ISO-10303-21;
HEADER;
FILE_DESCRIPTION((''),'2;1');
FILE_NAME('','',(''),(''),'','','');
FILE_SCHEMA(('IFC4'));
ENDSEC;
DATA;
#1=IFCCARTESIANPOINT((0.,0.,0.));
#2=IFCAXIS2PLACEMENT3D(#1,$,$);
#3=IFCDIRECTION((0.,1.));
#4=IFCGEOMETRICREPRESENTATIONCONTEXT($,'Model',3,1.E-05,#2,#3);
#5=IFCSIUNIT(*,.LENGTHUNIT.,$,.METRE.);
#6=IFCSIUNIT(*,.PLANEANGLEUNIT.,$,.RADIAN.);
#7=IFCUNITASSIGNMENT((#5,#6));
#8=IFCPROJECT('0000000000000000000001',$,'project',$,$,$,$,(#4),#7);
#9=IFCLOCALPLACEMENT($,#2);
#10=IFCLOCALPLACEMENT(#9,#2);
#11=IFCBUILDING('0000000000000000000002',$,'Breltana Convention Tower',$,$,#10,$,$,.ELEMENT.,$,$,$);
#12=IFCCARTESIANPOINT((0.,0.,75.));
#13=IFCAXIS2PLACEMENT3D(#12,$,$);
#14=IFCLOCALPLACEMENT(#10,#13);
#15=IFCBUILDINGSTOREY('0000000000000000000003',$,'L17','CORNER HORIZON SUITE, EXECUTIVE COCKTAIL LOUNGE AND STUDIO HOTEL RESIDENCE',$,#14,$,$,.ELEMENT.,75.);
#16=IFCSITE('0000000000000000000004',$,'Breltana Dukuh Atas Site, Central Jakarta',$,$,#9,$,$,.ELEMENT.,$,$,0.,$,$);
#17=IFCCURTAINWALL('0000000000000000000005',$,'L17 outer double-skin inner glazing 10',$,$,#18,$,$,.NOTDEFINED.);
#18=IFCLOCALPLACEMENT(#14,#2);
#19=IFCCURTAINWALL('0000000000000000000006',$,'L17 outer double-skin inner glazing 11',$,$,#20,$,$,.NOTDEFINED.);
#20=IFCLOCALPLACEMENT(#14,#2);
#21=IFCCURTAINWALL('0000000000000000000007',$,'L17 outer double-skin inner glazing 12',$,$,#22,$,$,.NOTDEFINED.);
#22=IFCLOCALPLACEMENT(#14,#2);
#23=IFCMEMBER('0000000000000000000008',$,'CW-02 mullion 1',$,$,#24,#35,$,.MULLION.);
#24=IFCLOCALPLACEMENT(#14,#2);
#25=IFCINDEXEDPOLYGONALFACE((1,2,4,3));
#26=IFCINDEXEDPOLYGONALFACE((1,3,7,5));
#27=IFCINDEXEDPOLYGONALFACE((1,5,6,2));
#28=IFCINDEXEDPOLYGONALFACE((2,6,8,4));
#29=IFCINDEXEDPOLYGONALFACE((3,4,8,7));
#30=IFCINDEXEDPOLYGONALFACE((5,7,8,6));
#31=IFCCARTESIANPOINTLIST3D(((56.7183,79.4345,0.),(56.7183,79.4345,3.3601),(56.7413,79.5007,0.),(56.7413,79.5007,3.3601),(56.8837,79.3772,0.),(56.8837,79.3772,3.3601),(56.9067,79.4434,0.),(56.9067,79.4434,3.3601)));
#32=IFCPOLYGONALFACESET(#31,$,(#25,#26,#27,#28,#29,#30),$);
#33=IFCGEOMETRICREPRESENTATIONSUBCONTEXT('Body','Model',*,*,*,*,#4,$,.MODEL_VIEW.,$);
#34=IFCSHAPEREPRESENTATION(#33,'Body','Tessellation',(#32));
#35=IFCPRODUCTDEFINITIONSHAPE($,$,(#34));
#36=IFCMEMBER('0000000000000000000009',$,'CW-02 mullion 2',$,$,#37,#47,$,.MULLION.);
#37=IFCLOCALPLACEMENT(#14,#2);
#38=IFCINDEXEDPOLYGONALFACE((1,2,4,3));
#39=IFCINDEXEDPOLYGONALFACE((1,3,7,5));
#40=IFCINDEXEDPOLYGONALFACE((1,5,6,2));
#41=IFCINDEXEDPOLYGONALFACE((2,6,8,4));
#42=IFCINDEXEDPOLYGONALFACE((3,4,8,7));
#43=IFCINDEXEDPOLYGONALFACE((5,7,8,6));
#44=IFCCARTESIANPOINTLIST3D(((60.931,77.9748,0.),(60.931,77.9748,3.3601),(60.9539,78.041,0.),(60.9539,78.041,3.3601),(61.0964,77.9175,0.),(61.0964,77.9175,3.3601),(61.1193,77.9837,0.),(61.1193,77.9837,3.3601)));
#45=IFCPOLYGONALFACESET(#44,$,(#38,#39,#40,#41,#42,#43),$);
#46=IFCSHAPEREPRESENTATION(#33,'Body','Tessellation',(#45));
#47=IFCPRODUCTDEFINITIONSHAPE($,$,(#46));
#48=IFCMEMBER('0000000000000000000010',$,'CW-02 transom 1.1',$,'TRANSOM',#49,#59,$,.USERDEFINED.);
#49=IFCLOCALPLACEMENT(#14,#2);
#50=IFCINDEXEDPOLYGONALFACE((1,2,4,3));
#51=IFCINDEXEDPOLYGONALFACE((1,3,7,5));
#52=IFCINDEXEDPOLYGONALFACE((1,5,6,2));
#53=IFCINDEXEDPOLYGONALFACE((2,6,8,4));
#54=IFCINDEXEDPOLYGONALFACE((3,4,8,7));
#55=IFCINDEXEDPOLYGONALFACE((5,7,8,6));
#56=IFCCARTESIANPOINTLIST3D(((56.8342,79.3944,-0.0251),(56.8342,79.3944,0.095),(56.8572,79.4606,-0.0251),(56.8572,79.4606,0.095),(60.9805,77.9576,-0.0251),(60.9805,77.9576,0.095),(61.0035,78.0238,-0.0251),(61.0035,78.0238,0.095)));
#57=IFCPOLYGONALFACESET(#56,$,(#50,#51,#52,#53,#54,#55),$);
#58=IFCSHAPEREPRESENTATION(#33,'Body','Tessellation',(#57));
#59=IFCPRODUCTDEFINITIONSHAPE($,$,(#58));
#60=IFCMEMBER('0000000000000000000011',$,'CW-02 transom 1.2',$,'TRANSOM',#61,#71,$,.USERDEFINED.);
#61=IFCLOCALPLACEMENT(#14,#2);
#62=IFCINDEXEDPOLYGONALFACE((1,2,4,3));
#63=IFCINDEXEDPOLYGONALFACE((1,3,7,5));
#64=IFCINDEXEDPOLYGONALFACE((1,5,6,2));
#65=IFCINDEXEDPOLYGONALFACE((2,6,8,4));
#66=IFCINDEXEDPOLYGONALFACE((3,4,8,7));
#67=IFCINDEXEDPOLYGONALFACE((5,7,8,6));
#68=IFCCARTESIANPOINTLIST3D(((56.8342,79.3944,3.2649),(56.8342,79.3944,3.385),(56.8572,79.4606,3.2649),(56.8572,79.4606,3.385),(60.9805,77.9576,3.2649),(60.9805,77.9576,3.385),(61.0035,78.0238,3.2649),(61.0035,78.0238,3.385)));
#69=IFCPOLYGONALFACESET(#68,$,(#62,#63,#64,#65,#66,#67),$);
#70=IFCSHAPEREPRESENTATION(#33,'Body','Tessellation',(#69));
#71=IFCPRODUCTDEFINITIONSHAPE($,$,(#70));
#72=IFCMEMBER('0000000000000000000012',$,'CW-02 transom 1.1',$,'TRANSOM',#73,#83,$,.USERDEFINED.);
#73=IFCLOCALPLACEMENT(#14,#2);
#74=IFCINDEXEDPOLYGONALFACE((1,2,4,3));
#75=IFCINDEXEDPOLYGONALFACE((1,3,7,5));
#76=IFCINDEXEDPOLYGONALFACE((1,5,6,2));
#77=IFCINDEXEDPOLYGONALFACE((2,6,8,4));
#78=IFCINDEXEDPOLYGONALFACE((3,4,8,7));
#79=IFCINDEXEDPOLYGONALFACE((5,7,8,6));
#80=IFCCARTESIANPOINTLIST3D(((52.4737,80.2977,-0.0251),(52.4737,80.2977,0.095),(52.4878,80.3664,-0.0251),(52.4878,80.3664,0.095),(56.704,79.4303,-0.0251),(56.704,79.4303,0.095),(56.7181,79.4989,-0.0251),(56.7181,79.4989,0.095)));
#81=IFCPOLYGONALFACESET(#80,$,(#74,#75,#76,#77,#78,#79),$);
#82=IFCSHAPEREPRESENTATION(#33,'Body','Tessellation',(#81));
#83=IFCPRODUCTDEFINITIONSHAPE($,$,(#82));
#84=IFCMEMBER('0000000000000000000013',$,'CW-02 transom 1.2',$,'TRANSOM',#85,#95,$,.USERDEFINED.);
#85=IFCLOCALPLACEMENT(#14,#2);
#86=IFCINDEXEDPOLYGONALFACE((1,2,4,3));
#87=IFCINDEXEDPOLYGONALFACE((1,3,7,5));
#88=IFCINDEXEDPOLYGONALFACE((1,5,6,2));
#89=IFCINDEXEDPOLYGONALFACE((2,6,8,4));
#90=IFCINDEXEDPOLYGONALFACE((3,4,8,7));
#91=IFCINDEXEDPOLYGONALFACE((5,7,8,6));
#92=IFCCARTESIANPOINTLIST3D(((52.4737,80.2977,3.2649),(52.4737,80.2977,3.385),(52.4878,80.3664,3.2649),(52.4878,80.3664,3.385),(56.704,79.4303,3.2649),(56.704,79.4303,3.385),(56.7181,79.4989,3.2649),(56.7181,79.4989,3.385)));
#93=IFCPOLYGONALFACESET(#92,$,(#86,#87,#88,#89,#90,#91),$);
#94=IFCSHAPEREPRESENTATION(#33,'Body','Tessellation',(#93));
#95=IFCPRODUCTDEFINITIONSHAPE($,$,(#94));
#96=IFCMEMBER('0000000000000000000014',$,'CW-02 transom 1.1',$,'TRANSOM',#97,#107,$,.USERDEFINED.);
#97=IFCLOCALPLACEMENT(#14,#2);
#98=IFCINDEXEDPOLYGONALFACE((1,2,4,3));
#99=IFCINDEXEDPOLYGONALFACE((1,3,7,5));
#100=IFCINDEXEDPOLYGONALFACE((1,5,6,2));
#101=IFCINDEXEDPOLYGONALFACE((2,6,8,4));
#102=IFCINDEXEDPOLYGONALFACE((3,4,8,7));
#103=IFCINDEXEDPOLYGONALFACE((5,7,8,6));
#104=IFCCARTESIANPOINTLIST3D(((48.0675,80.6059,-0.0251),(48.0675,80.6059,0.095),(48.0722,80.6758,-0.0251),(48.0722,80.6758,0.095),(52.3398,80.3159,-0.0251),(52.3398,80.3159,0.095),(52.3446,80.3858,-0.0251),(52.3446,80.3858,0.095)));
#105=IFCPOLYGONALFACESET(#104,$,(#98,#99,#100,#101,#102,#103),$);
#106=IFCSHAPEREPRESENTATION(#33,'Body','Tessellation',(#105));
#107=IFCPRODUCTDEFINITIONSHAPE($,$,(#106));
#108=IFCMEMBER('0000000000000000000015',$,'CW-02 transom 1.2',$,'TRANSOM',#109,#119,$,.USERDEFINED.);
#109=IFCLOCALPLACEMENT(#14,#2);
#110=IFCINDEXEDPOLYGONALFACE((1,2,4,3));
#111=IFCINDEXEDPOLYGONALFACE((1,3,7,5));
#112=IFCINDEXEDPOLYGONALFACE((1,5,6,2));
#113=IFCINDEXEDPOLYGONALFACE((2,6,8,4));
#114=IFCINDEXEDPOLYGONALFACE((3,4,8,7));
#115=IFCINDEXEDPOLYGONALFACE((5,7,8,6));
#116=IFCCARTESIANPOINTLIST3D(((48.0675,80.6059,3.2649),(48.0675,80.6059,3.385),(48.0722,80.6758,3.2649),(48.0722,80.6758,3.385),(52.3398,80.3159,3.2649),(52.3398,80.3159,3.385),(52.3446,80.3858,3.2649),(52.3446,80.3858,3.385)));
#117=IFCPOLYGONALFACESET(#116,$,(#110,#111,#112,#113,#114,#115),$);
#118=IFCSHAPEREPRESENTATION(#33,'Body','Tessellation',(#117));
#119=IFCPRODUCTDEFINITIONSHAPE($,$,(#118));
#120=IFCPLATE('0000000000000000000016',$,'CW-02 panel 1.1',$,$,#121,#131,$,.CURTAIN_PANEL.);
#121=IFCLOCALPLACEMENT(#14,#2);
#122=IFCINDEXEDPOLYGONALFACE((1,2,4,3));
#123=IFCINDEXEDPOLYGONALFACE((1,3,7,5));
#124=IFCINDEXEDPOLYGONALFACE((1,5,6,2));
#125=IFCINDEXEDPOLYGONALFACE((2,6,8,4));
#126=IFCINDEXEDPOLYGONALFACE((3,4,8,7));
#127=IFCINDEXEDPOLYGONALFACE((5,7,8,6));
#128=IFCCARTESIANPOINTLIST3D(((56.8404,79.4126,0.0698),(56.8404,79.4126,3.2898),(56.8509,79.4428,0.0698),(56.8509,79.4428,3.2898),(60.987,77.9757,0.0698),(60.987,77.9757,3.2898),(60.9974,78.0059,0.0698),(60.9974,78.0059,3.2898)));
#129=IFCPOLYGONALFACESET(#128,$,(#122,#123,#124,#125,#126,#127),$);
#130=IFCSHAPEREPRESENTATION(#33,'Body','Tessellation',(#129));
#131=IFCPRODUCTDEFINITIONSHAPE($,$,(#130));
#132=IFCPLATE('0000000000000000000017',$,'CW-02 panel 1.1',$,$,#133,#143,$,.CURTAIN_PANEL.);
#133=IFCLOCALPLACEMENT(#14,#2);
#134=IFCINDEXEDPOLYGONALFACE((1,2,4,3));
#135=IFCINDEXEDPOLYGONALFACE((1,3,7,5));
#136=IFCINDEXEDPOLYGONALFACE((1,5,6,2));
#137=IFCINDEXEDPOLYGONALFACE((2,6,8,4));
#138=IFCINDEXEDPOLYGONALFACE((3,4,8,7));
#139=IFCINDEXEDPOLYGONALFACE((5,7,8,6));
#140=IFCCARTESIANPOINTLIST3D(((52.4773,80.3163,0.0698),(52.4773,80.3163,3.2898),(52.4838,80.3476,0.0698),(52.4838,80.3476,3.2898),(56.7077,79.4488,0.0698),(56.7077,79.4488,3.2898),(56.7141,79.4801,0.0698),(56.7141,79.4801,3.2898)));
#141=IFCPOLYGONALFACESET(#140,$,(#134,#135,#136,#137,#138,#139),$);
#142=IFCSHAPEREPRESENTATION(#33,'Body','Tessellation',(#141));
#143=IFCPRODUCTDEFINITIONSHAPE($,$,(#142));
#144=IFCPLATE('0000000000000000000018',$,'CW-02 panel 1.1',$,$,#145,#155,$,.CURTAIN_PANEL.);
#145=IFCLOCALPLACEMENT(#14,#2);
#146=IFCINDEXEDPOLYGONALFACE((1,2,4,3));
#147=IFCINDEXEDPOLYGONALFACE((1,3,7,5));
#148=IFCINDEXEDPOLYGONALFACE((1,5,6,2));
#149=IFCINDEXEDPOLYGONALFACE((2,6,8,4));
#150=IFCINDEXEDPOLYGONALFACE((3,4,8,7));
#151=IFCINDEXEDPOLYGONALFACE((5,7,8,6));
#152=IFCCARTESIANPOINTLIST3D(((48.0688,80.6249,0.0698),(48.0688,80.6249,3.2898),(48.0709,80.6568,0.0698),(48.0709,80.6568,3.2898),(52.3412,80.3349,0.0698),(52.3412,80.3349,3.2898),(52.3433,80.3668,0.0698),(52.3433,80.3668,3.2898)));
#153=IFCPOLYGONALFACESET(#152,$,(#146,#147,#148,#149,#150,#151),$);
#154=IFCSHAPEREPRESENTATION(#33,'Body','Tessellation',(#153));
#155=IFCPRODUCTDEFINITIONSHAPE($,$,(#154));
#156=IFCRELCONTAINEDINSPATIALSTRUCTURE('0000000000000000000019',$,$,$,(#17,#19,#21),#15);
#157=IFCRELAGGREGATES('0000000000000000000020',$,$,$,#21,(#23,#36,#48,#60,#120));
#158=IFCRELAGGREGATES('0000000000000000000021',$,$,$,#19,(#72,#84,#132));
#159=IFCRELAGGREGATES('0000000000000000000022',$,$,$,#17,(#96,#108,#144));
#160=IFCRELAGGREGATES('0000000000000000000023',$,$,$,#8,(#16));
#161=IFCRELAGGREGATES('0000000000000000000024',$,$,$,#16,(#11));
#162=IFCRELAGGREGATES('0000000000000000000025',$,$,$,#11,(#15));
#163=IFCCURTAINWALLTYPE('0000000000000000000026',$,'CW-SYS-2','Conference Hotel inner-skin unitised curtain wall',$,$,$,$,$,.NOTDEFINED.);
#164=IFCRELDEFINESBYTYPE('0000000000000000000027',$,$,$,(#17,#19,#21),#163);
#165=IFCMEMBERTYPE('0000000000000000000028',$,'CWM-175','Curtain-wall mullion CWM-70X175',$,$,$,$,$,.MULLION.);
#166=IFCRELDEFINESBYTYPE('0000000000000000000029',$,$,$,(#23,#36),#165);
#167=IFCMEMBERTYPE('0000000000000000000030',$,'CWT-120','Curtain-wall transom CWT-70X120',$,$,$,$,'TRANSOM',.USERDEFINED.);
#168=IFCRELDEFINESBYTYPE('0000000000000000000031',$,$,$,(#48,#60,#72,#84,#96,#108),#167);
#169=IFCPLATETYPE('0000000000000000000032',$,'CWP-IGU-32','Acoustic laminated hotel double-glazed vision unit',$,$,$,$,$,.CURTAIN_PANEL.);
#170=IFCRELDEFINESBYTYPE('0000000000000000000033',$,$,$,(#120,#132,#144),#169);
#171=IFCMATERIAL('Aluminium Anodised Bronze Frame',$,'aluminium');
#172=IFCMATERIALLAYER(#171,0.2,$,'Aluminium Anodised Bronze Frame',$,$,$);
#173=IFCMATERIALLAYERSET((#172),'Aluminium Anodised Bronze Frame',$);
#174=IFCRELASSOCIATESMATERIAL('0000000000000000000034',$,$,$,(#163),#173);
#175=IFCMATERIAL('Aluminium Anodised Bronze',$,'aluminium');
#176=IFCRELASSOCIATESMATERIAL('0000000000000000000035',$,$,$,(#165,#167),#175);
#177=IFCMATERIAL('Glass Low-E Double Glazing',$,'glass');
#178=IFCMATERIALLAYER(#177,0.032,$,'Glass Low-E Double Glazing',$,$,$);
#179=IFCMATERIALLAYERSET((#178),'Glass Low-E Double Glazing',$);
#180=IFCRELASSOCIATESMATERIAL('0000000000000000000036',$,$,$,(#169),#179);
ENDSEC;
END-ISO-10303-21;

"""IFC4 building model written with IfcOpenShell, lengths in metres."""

from ifc_helpers import new_model, si_unit, direction, frame, origin, origin_2d, place, context, subcontext, project, spatial, rectangle, extrude, source, transform, mapped, material, layer, layer_set, material_profile, profile_set, type_object, type_shapes, element, aggregate, save


model = new_model("IFC4")

# Units and contexts
model_context = context("Model", 3, precision=1e-05, world=origin(), true_north=direction((0.0, 1.0)))
body_context = subcontext(model_context, "Body", "Model", "MODEL_VIEW")
ifc_project = project(units=[si_unit("LENGTHUNIT", "METRE"), si_unit("PLANEANGLEUNIT", "RADIAN")], contexts=[model_context])

# Site, building, storey
site_placement = place(None, origin())
site = spatial("IfcSite", under=ifc_project, at=site_placement, Name="Breltana Dukuh Atas Site, Central Jakarta", CompositionType="ELEMENT", RefElevation=0.0)
building_placement = place(site_placement, origin())
building = spatial("IfcBuilding", under=site, at=building_placement, Name="Breltana Convention Tower", CompositionType="ELEMENT")
storey_placement = place(building_placement, frame((0.0, 0.0, 75.0)))
storey = spatial("IfcBuildingStorey", under=building, at=storey_placement, Name="L17", Description="CORNER HORIZON SUITE, EXECUTIVE COCKTAIL LOUNGE AND STUDIO HOTEL RESIDENCE", CompositionType="ELEMENT", Elevation=75.0)

# Shared definitions
ifc_material_1 = material(Name="Aluminium Anodised Bronze Frame", Category="aluminium")
ifc_layer_1 = layer(ifc_material_1, 0.2, Name="Aluminium Anodised Bronze Frame")
ifc_layer_set_1 = layer_set([ifc_layer_1], Name="Aluminium Anodised Bronze Frame")
curtain_wall_type = type_object("IfcCurtainWallType", Name="CW-SYS-2", Description="Conference Hotel inner-skin unitised curtain wall", PredefinedType="NOTDEFINED", material=ifc_layer_set_1)
ifc_material_2 = material(Name="Aluminium Anodised Bronze", Category="aluminium")
ifc_material_profile_1 = material_profile(ifc_material_2, rectangle(XDim=0.0701, YDim=0.175, at=origin_2d()), Name="CWM-70X175")
ifc_profile_set_1 = profile_set([ifc_material_profile_1], Name="Aluminium Anodised Bronze")
member_type_1 = type_object("IfcMemberType", Name="CWM-175", Description="Curtain-wall mullion CWM-70X175", PredefinedType="MULLION", material=ifc_profile_set_1)
shared_shape_1 = source(origin(), body_context, "Body", "SweptSolid", [
    extrude(rectangle(XDim=0.0701, YDim=0.175, at=origin_2d()), origin(), (0.0, 0.0, 1.0), 3.3601),
])
type_shapes(member_type_1, [shared_shape_1])

# Curtain walls, members
curtain_wall_1_placement = place(storey_placement, origin())
curtain_wall_1 = element("IfcCurtainWall", 1, at=curtain_wall_1_placement, inside=storey, type_object=curtain_wall_type, Name="L17 outer double-skin inner glazing 10", PredefinedType="NOTDEFINED")
curtain_wall_2_placement = place(storey_placement, origin())
curtain_wall_2 = element("IfcCurtainWall", 2, at=curtain_wall_2_placement, inside=storey, type_object=curtain_wall_type, Name="L17 outer double-skin inner glazing 11", PredefinedType="NOTDEFINED")
curtain_wall_3_placement = place(storey_placement, origin())
curtain_wall_3 = element("IfcCurtainWall", 3, at=curtain_wall_3_placement, inside=storey, type_object=curtain_wall_type, Name="L17 outer double-skin inner glazing 12", PredefinedType="NOTDEFINED")
member_1_placement = place(storey_placement, frame((56.8125, 79.439, 0.0), z_axis=(0.0, 0.0, 1.0), x_axis=(0.327428, 0.944876, 0.0)))
member_1 = element("IfcMember", 4, at=member_1_placement, type_object=member_type_1, Name="CW-02 mullion 1", PredefinedType="MULLION", context=body_context, shape_type="MappedRepresentation", body=[
    mapped(shared_shape_1, transform((0.0, 0.0, 0.0), scale=1.0)),
])
member_2_placement = place(storey_placement, frame((61.0251, 77.9792, 0.0), z_axis=(0.0, 0.0, 1.0), x_axis=(0.327428, 0.944876, 0.0)))
member_2 = element("IfcMember", 5, at=member_2_placement, type_object=member_type_1, Name="CW-02 mullion 2", PredefinedType="MULLION", context=body_context, shape_type="MappedRepresentation", body=[
    mapped(shared_shape_1, transform((0.0, 0.0, 0.0), scale=1.0)),
])
ifc_material_profile_2 = material_profile(ifc_material_2, rectangle(XDim=0.0701, YDim=0.1201, at=origin_2d()), Name="CWT-70X120")
ifc_profile_set_2 = profile_set([ifc_material_profile_2], Name="Aluminium Anodised Bronze")
member_type_2 = type_object("IfcMemberType", Name="CWT-120", Description="Curtain-wall transom CWT-70X120", ElementType="TRANSOM", PredefinedType="USERDEFINED", material=ifc_profile_set_2)
shared_shape_2 = source(origin(), body_context, "Body", "SweptSolid", [
    extrude(rectangle(XDim=0.0701, YDim=0.1201, at=origin_2d()), origin(), (0.0, 0.0, 1.0), 4.3882),
])
member_3_placement = place(storey_placement, frame((56.8457, 79.4275, 0.0349), z_axis=(0.944878, -0.327422, 0.0), x_axis=(0.327422, 0.944878, 0.0)))
member_3 = element("IfcMember", 6, at=member_3_placement, type_object=member_type_2, Name="CW-02 transom 1.1", ObjectType="TRANSOM", PredefinedType="USERDEFINED", context=body_context, shape_type="MappedRepresentation", body=[
    mapped(shared_shape_2, transform((0.0, 0.0, 0.0), scale=1.0)),
])
member_4_placement = place(storey_placement, frame((56.8457, 79.4275, 3.325), z_axis=(0.944878, -0.327422, 0.0), x_axis=(0.327422, 0.944878, 0.0)))
member_4 = element("IfcMember", 7, at=member_4_placement, type_object=member_type_2, Name="CW-02 transom 1.2", ObjectType="TRANSOM", PredefinedType="USERDEFINED", context=body_context, shape_type="MappedRepresentation", body=[
    mapped(shared_shape_2, transform((0.0, 0.0, 0.0), scale=1.0)),
])

# Members
shared_shape_3 = source(origin(), body_context, "Body", "SweptSolid", [
    extrude(rectangle(XDim=0.0701, YDim=0.1201, at=origin_2d()), origin(), (0.0, 0.0, 1.0), 4.3184),
])
member_5_placement = place(storey_placement, frame((52.4807, 80.332, 0.0349), z_axis=(0.979617, -0.200876, 0.0), x_axis=(0.200876, 0.979617, 0.0)))
member_5 = element("IfcMember", 8, at=member_5_placement, type_object=member_type_2, Name="CW-02 transom 1.1", ObjectType="TRANSOM", PredefinedType="USERDEFINED", context=body_context, shape_type="MappedRepresentation", body=[
    mapped(shared_shape_3, transform((0.0, 0.0, 0.0), scale=1.0)),
])
member_6_placement = place(storey_placement, frame((52.4807, 80.332, 3.325), z_axis=(0.979617, -0.200876, 0.0), x_axis=(0.200876, 0.979617, 0.0)))
member_6 = element("IfcMember", 9, at=member_6_placement, type_object=member_type_2, Name="CW-02 transom 1.2", ObjectType="TRANSOM", PredefinedType="USERDEFINED", context=body_context, shape_type="MappedRepresentation", body=[
    mapped(shared_shape_3, transform((0.0, 0.0, 0.0), scale=1.0)),
])
shared_shape_4 = source(origin(), body_context, "Body", "SweptSolid", [
    extrude(rectangle(XDim=0.0701, YDim=0.1201, at=origin_2d()), origin(), (0.0, 0.0, 1.0), 4.2822),
])
member_7_placement = place(storey_placement, frame((48.0698, 80.6409, 0.0349), z_axis=(0.997704, -0.06773, 0.0), x_axis=(0.06773, 0.997704, 0.0)))
member_7 = element("IfcMember", 10, at=member_7_placement, type_object=member_type_2, Name="CW-02 transom 1.1", ObjectType="TRANSOM", PredefinedType="USERDEFINED", context=body_context, shape_type="MappedRepresentation", body=[
    mapped(shared_shape_4, transform((0.0, 0.0, 0.0), scale=1.0)),
])
member_8_placement = place(storey_placement, frame((48.0698, 80.6409, 3.325), z_axis=(0.997704, -0.06773, 0.0), x_axis=(0.06773, 0.997704, 0.0)))
member_8 = element("IfcMember", 11, at=member_8_placement, type_object=member_type_2, Name="CW-02 transom 1.2", ObjectType="TRANSOM", PredefinedType="USERDEFINED", context=body_context, shape_type="MappedRepresentation", body=[
    mapped(shared_shape_4, transform((0.0, 0.0, 0.0), scale=1.0)),
])

# Plates
ifc_material_3 = material(Name="Glass Low-E Double Glazing", Category="glass")
ifc_layer_2 = layer(ifc_material_3, 0.032, Name="Glass Low-E Double Glazing")
ifc_layer_set_2 = layer_set([ifc_layer_2], Name="Glass Low-E Double Glazing")
plate_type = type_object("IfcPlateType", Name="CWP-IGU-32", Description="Acoustic laminated hotel double-glazed vision unit", PredefinedType="CURTAIN_PANEL", material=ifc_layer_set_2)
shared_shape_5 = source(origin(), body_context, "Body", "SweptSolid", [
    extrude(rectangle(XDim=4.3884, YDim=0.032, at=origin_2d()), origin(), (0.0, 0.0, 1.0), 3.22),
])
plate_1_placement = place(storey_placement, frame((58.9189, 78.7092, 0.0698), z_axis=(0.0, 0.0, 1.0), x_axis=(0.944876, -0.327428, 0.0)))
plate_1 = element("IfcPlate", 12, at=plate_1_placement, type_object=plate_type, Name="CW-02 panel 1.1", PredefinedType="CURTAIN_PANEL", context=body_context, shape_type="MappedRepresentation", body=[
    mapped(shared_shape_5, transform((0.0, 0.0, 0.0), scale=1.0)),
])
aggregate(curtain_wall_3, [member_1, member_2, member_3, member_4, plate_1])
shared_shape_6 = source(origin(), body_context, "Body", "SweptSolid", [
    extrude(rectangle(XDim=4.3184, YDim=0.032, at=origin_2d()), origin(), (0.0, 0.0, 1.0), 3.22),
])
plate_2_placement = place(storey_placement, frame((54.5957, 79.8982, 0.0698), z_axis=(0.0, 0.0, 1.0), x_axis=(0.979615, -0.200885, 0.0)))
plate_2 = element("IfcPlate", 13, at=plate_2_placement, type_object=plate_type, Name="CW-02 panel 1.1", PredefinedType="CURTAIN_PANEL", context=body_context, shape_type="MappedRepresentation", body=[
    mapped(shared_shape_6, transform((0.0, 0.0, 0.0), scale=1.0)),
])
aggregate(curtain_wall_2, [member_5, member_6, plate_2])
shared_shape_7 = source(origin(), body_context, "Body", "SweptSolid", [
    extrude(rectangle(XDim=4.2822, YDim=0.032, at=origin_2d()), origin(), (0.0, 0.0, 1.0), 3.22),
])
plate_3_placement = place(storey_placement, frame((50.2061, 80.4958, 0.0698), z_axis=(0.0, 0.0, 1.0), x_axis=(0.997704, -0.067726, 0.0)))
plate_3 = element("IfcPlate", 14, at=plate_3_placement, type_object=plate_type, Name="CW-02 panel 1.1", PredefinedType="CURTAIN_PANEL", context=body_context, shape_type="MappedRepresentation", body=[
    mapped(shared_shape_7, transform((0.0, 0.0, 0.0), scale=1.0)),
])
aggregate(curtain_wall_1, [member_7, member_8, plate_3])

save(model, "model.ifc")
